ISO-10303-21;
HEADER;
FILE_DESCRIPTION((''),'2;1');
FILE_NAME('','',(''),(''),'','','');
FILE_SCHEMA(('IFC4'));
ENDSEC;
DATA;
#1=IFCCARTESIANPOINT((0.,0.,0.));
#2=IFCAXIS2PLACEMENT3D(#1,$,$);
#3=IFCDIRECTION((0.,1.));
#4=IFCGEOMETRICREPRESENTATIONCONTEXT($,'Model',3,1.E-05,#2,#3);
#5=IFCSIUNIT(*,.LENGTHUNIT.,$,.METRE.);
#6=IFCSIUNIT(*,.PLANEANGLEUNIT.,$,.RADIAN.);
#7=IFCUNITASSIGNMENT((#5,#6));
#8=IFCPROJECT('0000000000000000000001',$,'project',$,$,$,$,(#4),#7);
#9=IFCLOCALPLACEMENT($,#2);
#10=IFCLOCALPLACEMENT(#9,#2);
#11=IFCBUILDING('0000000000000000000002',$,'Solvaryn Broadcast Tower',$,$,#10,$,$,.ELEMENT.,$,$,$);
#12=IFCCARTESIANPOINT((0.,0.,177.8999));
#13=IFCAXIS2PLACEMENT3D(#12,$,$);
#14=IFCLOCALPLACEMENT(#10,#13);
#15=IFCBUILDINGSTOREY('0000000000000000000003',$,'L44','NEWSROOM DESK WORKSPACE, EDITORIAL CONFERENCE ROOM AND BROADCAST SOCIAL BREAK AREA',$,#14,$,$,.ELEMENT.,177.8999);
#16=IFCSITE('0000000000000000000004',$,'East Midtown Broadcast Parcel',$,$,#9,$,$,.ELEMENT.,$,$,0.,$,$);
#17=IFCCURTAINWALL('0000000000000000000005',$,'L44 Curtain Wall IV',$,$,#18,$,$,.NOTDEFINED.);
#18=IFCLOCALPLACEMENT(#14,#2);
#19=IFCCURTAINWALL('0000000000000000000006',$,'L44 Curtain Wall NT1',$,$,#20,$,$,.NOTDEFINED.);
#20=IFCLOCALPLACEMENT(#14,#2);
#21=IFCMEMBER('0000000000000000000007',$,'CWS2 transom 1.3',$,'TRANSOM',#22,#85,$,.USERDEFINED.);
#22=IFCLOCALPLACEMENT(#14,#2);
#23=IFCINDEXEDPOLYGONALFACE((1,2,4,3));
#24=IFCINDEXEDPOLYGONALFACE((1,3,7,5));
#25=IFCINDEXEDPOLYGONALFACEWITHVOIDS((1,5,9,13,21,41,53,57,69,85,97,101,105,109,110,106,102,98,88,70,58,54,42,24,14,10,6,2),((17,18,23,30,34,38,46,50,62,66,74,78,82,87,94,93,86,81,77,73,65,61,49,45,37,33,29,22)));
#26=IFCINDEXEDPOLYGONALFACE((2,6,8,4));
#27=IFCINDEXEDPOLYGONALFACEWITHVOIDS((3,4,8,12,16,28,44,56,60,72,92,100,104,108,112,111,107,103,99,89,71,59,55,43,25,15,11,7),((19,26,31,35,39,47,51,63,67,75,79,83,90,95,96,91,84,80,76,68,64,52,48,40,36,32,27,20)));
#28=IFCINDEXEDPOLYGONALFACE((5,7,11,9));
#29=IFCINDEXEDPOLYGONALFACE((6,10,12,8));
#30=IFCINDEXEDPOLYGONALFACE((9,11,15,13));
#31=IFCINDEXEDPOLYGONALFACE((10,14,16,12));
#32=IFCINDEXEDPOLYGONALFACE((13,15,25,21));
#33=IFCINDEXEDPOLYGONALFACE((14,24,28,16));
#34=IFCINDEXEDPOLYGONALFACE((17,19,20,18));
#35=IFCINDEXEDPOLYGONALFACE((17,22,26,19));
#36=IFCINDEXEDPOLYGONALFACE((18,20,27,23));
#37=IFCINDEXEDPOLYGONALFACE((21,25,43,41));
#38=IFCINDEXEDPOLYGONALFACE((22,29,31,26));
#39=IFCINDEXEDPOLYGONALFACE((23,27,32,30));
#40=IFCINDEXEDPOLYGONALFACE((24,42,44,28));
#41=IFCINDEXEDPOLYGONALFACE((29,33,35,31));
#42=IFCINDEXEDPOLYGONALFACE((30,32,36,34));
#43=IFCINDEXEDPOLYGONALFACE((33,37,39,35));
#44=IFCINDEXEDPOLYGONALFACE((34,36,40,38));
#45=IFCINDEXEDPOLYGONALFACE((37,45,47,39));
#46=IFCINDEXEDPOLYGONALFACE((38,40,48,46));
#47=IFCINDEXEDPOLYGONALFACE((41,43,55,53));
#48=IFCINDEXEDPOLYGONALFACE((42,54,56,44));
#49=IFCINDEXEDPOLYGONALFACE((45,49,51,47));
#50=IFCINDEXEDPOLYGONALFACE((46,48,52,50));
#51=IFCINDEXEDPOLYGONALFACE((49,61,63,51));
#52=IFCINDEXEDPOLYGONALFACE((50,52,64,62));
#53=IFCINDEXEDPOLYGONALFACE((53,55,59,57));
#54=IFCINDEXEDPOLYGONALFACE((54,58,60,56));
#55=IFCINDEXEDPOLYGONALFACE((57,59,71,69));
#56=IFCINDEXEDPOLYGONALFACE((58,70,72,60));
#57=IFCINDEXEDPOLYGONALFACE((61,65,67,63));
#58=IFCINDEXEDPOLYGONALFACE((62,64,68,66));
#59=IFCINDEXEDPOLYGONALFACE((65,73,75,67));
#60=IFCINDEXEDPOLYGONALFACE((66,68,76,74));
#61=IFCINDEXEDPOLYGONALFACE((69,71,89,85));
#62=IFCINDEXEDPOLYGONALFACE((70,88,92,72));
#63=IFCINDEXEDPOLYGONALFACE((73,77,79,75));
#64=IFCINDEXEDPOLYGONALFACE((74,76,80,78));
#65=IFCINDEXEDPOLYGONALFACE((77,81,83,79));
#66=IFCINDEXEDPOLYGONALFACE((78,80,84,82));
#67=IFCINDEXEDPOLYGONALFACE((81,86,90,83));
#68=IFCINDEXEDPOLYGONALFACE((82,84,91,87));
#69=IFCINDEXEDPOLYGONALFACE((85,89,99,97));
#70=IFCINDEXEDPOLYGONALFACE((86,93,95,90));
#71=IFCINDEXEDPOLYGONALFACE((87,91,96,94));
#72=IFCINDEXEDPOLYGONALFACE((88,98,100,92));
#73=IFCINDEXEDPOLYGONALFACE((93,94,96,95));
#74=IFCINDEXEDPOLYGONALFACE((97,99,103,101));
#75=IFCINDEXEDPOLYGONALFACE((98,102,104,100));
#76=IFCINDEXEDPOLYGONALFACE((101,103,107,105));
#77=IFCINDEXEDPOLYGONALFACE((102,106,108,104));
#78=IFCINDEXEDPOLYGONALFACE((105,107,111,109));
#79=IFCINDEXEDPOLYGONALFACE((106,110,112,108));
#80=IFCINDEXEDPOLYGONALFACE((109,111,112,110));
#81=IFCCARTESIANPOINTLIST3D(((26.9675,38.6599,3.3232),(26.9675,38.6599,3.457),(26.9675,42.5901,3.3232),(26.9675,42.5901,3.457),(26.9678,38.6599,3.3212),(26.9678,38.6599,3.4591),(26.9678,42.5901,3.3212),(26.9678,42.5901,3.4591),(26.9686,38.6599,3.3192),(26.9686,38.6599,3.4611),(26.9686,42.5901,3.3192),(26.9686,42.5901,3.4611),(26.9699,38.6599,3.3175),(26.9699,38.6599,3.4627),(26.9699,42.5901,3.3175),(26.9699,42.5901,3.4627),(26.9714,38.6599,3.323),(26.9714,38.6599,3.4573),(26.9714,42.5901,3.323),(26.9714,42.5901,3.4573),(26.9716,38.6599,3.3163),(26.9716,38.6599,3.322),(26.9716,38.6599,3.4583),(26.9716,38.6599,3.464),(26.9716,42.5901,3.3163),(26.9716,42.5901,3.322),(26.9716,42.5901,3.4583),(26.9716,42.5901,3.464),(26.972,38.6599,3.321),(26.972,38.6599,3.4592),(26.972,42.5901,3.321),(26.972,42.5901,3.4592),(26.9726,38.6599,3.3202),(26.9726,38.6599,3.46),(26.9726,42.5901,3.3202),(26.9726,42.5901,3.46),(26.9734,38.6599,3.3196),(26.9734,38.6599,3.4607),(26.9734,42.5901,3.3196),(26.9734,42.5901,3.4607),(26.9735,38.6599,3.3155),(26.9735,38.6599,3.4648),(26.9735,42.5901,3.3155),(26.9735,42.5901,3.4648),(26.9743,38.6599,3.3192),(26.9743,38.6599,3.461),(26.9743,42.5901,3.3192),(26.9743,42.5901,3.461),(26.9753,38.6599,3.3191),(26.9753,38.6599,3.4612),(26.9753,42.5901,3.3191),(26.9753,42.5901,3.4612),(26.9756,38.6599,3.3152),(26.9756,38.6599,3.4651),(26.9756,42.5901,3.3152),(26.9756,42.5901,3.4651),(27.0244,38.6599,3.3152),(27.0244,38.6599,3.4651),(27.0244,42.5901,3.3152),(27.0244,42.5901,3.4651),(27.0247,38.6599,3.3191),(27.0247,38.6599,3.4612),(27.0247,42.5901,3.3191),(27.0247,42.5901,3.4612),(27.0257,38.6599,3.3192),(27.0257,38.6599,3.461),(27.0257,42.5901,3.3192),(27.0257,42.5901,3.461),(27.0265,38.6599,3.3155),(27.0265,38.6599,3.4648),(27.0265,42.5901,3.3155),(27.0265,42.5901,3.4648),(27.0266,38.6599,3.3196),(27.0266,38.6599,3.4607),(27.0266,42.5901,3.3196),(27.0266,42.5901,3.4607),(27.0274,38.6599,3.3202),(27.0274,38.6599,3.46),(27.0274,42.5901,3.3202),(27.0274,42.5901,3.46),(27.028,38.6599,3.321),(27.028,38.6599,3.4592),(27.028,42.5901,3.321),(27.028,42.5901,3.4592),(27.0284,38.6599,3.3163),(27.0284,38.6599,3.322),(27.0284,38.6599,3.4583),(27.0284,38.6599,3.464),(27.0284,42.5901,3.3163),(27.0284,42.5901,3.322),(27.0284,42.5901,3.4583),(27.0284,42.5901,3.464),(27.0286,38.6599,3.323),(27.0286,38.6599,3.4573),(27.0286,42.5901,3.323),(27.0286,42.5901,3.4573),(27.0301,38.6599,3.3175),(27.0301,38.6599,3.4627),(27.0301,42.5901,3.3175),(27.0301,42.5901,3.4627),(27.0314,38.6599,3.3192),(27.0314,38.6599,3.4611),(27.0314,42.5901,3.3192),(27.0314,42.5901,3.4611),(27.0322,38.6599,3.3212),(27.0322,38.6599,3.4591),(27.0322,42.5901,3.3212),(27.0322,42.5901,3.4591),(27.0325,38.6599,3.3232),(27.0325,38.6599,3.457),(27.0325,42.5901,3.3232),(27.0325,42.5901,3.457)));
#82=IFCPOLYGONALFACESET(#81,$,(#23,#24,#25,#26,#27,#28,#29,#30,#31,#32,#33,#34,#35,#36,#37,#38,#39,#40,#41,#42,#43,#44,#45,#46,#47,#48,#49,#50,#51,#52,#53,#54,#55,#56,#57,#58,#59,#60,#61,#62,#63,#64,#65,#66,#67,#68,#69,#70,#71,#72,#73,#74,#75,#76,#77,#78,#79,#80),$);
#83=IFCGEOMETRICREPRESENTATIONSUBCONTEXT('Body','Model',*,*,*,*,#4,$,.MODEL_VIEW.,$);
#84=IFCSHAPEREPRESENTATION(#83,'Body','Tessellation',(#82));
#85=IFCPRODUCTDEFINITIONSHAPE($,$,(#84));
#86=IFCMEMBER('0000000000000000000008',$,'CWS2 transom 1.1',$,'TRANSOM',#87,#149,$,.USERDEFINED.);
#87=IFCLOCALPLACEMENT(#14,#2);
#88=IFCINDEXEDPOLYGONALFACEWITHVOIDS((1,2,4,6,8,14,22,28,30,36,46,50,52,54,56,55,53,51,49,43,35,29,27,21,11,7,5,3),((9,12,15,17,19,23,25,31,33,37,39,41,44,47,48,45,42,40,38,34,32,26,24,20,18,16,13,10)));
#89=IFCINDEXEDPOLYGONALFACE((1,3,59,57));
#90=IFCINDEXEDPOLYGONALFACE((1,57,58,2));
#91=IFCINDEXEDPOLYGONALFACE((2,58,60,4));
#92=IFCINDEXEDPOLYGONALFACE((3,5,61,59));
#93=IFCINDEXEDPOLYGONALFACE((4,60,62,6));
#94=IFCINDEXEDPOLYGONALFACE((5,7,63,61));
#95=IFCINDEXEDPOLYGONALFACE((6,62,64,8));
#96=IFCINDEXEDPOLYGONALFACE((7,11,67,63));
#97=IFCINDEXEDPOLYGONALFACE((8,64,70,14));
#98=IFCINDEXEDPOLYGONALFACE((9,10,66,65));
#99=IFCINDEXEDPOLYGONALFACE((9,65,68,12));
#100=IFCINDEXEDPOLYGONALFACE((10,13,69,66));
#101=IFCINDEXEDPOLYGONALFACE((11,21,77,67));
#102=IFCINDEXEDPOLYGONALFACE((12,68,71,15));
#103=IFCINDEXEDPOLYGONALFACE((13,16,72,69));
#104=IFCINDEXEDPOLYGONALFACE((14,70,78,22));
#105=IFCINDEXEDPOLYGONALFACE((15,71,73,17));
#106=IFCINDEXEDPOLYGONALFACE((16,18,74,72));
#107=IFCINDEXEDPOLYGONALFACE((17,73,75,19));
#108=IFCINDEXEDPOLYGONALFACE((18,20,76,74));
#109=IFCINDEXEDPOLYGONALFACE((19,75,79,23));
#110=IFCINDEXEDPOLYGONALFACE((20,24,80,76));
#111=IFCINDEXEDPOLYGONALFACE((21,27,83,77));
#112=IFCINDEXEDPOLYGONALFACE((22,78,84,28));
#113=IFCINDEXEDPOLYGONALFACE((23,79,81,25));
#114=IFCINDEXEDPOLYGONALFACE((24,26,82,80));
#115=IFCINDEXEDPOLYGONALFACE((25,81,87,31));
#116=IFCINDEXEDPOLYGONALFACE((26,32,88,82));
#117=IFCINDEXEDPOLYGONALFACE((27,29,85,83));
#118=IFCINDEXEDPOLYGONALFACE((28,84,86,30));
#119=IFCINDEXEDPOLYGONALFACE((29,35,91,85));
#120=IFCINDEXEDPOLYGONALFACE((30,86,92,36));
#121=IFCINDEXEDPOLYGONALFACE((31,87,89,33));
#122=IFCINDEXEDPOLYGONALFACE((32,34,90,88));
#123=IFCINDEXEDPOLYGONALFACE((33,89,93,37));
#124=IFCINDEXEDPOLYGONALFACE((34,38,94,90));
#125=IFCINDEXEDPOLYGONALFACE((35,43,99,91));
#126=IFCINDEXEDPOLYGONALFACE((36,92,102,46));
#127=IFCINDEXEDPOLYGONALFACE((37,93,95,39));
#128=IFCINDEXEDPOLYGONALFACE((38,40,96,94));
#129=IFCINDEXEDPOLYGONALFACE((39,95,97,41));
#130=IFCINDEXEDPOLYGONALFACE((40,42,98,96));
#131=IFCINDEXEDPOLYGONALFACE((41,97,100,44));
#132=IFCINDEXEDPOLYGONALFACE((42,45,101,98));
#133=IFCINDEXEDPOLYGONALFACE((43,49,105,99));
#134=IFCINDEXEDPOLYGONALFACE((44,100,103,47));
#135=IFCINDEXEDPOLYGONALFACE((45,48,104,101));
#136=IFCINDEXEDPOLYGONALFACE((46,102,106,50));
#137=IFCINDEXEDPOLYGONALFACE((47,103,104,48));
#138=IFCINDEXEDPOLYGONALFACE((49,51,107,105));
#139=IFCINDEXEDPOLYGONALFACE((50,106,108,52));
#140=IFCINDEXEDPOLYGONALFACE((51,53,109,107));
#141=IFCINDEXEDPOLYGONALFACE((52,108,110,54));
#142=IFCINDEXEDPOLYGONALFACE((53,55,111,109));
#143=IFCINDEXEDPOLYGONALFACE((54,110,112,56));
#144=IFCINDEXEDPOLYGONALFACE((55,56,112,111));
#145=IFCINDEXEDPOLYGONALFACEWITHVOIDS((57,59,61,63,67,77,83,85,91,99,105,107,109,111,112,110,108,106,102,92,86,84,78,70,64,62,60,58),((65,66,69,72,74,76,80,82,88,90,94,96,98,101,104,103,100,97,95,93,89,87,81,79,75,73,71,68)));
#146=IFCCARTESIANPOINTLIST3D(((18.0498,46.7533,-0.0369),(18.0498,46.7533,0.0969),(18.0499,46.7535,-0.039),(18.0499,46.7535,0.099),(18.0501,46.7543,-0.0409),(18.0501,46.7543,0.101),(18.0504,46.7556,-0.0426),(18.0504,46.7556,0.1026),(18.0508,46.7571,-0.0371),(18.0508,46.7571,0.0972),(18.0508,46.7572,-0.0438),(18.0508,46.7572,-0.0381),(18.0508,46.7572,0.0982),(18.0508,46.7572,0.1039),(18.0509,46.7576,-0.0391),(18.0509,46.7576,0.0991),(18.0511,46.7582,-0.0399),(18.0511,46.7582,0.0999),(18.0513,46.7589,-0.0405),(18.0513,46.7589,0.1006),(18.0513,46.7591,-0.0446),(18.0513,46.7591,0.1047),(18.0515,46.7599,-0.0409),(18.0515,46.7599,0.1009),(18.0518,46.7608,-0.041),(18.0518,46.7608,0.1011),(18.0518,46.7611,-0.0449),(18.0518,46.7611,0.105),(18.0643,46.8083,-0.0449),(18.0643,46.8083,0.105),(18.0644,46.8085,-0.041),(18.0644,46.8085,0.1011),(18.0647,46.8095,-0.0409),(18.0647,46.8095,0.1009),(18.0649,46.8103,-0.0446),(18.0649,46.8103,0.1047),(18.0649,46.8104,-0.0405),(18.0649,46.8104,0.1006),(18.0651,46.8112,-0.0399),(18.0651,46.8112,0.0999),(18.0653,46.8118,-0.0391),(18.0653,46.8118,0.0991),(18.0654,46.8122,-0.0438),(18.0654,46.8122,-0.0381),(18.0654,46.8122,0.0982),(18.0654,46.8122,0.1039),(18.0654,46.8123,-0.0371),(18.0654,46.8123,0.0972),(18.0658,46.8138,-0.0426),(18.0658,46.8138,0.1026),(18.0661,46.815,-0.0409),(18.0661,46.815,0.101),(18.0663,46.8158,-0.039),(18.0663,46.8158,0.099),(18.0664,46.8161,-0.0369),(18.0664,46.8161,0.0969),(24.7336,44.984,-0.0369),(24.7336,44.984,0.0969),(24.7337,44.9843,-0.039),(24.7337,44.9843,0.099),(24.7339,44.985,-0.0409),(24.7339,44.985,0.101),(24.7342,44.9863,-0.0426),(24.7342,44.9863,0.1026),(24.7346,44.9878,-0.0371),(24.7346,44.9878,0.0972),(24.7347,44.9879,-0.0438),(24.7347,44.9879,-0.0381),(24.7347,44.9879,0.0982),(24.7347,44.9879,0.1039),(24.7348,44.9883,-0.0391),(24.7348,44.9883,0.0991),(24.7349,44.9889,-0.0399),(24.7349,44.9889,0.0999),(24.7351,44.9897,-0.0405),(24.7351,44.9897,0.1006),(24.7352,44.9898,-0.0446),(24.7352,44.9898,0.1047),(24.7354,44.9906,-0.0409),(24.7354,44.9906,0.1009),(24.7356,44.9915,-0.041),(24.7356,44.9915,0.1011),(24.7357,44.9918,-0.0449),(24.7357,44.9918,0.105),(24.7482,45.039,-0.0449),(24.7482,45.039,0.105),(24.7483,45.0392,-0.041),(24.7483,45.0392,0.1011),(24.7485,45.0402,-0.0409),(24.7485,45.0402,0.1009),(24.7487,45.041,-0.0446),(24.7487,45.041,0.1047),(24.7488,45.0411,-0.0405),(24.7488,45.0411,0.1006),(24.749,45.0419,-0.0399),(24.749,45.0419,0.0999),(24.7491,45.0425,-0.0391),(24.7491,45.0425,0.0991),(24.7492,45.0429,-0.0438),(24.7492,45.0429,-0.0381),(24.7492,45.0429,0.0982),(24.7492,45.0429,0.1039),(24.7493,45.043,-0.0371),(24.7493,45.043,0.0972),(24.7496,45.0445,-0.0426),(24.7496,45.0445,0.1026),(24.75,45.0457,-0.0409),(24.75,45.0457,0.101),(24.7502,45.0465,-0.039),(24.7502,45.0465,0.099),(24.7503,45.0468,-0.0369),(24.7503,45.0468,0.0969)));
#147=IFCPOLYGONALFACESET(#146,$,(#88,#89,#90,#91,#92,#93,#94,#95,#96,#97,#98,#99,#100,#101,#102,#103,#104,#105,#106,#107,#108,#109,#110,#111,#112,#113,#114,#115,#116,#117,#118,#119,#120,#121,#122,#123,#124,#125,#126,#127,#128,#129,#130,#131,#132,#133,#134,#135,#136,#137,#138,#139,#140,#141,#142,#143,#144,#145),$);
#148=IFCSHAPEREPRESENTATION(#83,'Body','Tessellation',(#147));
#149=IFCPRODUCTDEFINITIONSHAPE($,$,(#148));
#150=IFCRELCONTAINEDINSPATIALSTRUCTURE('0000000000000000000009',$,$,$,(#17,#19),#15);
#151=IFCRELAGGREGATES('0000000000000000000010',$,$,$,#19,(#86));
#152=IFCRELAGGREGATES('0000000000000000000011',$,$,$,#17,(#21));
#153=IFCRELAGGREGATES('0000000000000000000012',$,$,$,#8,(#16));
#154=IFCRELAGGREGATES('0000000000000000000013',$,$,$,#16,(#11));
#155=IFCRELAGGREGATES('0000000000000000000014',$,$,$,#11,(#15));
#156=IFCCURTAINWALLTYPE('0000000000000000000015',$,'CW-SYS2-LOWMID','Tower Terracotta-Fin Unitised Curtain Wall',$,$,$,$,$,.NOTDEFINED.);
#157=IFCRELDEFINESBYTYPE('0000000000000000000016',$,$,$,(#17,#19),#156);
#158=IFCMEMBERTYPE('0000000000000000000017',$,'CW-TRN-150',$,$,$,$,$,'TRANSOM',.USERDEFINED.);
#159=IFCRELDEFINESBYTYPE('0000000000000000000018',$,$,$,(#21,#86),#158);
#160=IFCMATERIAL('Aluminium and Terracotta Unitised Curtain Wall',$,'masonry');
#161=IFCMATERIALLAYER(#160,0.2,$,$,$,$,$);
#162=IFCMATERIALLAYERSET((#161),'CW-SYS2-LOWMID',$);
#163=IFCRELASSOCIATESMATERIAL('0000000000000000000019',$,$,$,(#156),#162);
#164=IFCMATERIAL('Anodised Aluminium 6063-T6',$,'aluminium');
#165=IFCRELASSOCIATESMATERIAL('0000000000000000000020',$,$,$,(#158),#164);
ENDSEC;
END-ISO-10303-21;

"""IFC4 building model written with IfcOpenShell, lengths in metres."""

from ifc_helpers import new_model, si_unit, direction, frame, origin, origin_2d, place, context, subcontext, project, spatial, hollow_rectangle, extrude, material, layer, layer_set, material_profile, profile_set, type_object, element, aggregate, save


model = new_model("IFC4")

# Units and contexts
model_context = context("Model", 3, precision=1e-05, world=origin(), true_north=direction((0.0, 1.0)))
body_context = subcontext(model_context, "Body", "Model", "MODEL_VIEW")
ifc_project = project(units=[si_unit("LENGTHUNIT", "METRE"), si_unit("PLANEANGLEUNIT", "RADIAN")], contexts=[model_context])

# Site, building, storey
site_placement = place(None, origin())
site = spatial("IfcSite", under=ifc_project, at=site_placement, Name="East Midtown Broadcast Parcel", CompositionType="ELEMENT", RefElevation=0.0)
building_placement = place(site_placement, origin())
building = spatial("IfcBuilding", under=site, at=building_placement, Name="Solvaryn Broadcast Tower", CompositionType="ELEMENT")
storey_placement = place(building_placement, frame((0.0, 0.0, 177.8999)))
storey = spatial("IfcBuildingStorey", under=building, at=storey_placement, Name="L44", Description="NEWSROOM DESK WORKSPACE, EDITORIAL CONFERENCE ROOM AND BROADCAST SOCIAL BREAK AREA", CompositionType="ELEMENT", Elevation=177.8999)

# Curtain wall
ifc_material_1 = material(Name="Aluminium and Terracotta Unitised Curtain Wall", Category="masonry")
ifc_layer_1 = layer(ifc_material_1, 0.2)
ifc_layer_set_1 = layer_set([ifc_layer_1], Name="CW-SYS2-LOWMID")
curtain_wall_type = type_object("IfcCurtainWallType", Name="CW-SYS2-LOWMID", Description="Tower Terracotta-Fin Unitised Curtain Wall", PredefinedType="NOTDEFINED", material=ifc_layer_set_1)
curtain_wall_1_placement = place(storey_placement, origin())
curtain_wall_1 = element("IfcCurtainWall", 1, at=curtain_wall_1_placement, inside=storey, type_object=curtain_wall_type, Name="L44 Curtain Wall IV", PredefinedType="NOTDEFINED")

# Curtain wall
curtain_wall_2_placement = place(storey_placement, origin())
curtain_wall_2 = element("IfcCurtainWall", 2, at=curtain_wall_2_placement, inside=storey, type_object=curtain_wall_type, Name="L44 Curtain Wall NT1", PredefinedType="NOTDEFINED")

# Members
ifc_material_2 = material(Name="Anodised Aluminium 6063-T6", Category="aluminium")
ifc_material_profile_1 = material_profile(ifc_material_2, hollow_rectangle(XDim=0.0649, YDim=0.1499, WallThickness=0.0039, InnerFilletRadius=0.0039, OuterFilletRadius=0.0081, at=origin_2d()))
ifc_profile_set_1 = profile_set([ifc_material_profile_1], Name="Anodised Aluminium 6063-T6")
member_type_1 = type_object("IfcMemberType", Name="CW-TRN-150", ElementType="TRANSOM", PredefinedType="USERDEFINED", material=ifc_profile_set_1)
member_1_placement = place(storey_placement, frame((27.0, 42.5901, 3.3901), z_axis=(0.0, -1.0, 0.0), x_axis=(1.0, 0.0, 0.0)))
member_1 = element("IfcMember", 3, at=member_1_placement, type_object=member_type_1, Name="CWS2 transom 1.3", ObjectType="TRANSOM", PredefinedType="USERDEFINED", context=body_context, shape_type="SweptSolid", body=[
    extrude(hollow_rectangle(XDim=0.0649, YDim=0.1499, WallThickness=0.0039, InnerFilletRadius=0.0039, OuterFilletRadius=0.0081, at=origin_2d()), origin(), (0.0, 0.0, 1.0), 3.9302),
])
member_2_placement = place(storey_placement, frame((24.7419, 45.0154, 0.03), z_axis=(-0.966704, 0.255897, 0.0), x_axis=(-0.255897, -0.966704, 0.0)))
member_2 = element("IfcMember", 4, at=member_2_placement, type_object=member_type_1, Name="CWS2 transom 1.1", ObjectType="TRANSOM", PredefinedType="USERDEFINED", context=body_context, shape_type="SweptSolid", body=[
    extrude(hollow_rectangle(XDim=0.0649, YDim=0.1499, WallThickness=0.0039, InnerFilletRadius=0.0039, OuterFilletRadius=0.0081, at=origin_2d()), origin(), (0.0, 0.0, 1.0), 6.9141),
])
aggregate(curtain_wall_2, [member_2])

aggregate(curtain_wall_1, [member_1])

save(model, "model.ifc")
